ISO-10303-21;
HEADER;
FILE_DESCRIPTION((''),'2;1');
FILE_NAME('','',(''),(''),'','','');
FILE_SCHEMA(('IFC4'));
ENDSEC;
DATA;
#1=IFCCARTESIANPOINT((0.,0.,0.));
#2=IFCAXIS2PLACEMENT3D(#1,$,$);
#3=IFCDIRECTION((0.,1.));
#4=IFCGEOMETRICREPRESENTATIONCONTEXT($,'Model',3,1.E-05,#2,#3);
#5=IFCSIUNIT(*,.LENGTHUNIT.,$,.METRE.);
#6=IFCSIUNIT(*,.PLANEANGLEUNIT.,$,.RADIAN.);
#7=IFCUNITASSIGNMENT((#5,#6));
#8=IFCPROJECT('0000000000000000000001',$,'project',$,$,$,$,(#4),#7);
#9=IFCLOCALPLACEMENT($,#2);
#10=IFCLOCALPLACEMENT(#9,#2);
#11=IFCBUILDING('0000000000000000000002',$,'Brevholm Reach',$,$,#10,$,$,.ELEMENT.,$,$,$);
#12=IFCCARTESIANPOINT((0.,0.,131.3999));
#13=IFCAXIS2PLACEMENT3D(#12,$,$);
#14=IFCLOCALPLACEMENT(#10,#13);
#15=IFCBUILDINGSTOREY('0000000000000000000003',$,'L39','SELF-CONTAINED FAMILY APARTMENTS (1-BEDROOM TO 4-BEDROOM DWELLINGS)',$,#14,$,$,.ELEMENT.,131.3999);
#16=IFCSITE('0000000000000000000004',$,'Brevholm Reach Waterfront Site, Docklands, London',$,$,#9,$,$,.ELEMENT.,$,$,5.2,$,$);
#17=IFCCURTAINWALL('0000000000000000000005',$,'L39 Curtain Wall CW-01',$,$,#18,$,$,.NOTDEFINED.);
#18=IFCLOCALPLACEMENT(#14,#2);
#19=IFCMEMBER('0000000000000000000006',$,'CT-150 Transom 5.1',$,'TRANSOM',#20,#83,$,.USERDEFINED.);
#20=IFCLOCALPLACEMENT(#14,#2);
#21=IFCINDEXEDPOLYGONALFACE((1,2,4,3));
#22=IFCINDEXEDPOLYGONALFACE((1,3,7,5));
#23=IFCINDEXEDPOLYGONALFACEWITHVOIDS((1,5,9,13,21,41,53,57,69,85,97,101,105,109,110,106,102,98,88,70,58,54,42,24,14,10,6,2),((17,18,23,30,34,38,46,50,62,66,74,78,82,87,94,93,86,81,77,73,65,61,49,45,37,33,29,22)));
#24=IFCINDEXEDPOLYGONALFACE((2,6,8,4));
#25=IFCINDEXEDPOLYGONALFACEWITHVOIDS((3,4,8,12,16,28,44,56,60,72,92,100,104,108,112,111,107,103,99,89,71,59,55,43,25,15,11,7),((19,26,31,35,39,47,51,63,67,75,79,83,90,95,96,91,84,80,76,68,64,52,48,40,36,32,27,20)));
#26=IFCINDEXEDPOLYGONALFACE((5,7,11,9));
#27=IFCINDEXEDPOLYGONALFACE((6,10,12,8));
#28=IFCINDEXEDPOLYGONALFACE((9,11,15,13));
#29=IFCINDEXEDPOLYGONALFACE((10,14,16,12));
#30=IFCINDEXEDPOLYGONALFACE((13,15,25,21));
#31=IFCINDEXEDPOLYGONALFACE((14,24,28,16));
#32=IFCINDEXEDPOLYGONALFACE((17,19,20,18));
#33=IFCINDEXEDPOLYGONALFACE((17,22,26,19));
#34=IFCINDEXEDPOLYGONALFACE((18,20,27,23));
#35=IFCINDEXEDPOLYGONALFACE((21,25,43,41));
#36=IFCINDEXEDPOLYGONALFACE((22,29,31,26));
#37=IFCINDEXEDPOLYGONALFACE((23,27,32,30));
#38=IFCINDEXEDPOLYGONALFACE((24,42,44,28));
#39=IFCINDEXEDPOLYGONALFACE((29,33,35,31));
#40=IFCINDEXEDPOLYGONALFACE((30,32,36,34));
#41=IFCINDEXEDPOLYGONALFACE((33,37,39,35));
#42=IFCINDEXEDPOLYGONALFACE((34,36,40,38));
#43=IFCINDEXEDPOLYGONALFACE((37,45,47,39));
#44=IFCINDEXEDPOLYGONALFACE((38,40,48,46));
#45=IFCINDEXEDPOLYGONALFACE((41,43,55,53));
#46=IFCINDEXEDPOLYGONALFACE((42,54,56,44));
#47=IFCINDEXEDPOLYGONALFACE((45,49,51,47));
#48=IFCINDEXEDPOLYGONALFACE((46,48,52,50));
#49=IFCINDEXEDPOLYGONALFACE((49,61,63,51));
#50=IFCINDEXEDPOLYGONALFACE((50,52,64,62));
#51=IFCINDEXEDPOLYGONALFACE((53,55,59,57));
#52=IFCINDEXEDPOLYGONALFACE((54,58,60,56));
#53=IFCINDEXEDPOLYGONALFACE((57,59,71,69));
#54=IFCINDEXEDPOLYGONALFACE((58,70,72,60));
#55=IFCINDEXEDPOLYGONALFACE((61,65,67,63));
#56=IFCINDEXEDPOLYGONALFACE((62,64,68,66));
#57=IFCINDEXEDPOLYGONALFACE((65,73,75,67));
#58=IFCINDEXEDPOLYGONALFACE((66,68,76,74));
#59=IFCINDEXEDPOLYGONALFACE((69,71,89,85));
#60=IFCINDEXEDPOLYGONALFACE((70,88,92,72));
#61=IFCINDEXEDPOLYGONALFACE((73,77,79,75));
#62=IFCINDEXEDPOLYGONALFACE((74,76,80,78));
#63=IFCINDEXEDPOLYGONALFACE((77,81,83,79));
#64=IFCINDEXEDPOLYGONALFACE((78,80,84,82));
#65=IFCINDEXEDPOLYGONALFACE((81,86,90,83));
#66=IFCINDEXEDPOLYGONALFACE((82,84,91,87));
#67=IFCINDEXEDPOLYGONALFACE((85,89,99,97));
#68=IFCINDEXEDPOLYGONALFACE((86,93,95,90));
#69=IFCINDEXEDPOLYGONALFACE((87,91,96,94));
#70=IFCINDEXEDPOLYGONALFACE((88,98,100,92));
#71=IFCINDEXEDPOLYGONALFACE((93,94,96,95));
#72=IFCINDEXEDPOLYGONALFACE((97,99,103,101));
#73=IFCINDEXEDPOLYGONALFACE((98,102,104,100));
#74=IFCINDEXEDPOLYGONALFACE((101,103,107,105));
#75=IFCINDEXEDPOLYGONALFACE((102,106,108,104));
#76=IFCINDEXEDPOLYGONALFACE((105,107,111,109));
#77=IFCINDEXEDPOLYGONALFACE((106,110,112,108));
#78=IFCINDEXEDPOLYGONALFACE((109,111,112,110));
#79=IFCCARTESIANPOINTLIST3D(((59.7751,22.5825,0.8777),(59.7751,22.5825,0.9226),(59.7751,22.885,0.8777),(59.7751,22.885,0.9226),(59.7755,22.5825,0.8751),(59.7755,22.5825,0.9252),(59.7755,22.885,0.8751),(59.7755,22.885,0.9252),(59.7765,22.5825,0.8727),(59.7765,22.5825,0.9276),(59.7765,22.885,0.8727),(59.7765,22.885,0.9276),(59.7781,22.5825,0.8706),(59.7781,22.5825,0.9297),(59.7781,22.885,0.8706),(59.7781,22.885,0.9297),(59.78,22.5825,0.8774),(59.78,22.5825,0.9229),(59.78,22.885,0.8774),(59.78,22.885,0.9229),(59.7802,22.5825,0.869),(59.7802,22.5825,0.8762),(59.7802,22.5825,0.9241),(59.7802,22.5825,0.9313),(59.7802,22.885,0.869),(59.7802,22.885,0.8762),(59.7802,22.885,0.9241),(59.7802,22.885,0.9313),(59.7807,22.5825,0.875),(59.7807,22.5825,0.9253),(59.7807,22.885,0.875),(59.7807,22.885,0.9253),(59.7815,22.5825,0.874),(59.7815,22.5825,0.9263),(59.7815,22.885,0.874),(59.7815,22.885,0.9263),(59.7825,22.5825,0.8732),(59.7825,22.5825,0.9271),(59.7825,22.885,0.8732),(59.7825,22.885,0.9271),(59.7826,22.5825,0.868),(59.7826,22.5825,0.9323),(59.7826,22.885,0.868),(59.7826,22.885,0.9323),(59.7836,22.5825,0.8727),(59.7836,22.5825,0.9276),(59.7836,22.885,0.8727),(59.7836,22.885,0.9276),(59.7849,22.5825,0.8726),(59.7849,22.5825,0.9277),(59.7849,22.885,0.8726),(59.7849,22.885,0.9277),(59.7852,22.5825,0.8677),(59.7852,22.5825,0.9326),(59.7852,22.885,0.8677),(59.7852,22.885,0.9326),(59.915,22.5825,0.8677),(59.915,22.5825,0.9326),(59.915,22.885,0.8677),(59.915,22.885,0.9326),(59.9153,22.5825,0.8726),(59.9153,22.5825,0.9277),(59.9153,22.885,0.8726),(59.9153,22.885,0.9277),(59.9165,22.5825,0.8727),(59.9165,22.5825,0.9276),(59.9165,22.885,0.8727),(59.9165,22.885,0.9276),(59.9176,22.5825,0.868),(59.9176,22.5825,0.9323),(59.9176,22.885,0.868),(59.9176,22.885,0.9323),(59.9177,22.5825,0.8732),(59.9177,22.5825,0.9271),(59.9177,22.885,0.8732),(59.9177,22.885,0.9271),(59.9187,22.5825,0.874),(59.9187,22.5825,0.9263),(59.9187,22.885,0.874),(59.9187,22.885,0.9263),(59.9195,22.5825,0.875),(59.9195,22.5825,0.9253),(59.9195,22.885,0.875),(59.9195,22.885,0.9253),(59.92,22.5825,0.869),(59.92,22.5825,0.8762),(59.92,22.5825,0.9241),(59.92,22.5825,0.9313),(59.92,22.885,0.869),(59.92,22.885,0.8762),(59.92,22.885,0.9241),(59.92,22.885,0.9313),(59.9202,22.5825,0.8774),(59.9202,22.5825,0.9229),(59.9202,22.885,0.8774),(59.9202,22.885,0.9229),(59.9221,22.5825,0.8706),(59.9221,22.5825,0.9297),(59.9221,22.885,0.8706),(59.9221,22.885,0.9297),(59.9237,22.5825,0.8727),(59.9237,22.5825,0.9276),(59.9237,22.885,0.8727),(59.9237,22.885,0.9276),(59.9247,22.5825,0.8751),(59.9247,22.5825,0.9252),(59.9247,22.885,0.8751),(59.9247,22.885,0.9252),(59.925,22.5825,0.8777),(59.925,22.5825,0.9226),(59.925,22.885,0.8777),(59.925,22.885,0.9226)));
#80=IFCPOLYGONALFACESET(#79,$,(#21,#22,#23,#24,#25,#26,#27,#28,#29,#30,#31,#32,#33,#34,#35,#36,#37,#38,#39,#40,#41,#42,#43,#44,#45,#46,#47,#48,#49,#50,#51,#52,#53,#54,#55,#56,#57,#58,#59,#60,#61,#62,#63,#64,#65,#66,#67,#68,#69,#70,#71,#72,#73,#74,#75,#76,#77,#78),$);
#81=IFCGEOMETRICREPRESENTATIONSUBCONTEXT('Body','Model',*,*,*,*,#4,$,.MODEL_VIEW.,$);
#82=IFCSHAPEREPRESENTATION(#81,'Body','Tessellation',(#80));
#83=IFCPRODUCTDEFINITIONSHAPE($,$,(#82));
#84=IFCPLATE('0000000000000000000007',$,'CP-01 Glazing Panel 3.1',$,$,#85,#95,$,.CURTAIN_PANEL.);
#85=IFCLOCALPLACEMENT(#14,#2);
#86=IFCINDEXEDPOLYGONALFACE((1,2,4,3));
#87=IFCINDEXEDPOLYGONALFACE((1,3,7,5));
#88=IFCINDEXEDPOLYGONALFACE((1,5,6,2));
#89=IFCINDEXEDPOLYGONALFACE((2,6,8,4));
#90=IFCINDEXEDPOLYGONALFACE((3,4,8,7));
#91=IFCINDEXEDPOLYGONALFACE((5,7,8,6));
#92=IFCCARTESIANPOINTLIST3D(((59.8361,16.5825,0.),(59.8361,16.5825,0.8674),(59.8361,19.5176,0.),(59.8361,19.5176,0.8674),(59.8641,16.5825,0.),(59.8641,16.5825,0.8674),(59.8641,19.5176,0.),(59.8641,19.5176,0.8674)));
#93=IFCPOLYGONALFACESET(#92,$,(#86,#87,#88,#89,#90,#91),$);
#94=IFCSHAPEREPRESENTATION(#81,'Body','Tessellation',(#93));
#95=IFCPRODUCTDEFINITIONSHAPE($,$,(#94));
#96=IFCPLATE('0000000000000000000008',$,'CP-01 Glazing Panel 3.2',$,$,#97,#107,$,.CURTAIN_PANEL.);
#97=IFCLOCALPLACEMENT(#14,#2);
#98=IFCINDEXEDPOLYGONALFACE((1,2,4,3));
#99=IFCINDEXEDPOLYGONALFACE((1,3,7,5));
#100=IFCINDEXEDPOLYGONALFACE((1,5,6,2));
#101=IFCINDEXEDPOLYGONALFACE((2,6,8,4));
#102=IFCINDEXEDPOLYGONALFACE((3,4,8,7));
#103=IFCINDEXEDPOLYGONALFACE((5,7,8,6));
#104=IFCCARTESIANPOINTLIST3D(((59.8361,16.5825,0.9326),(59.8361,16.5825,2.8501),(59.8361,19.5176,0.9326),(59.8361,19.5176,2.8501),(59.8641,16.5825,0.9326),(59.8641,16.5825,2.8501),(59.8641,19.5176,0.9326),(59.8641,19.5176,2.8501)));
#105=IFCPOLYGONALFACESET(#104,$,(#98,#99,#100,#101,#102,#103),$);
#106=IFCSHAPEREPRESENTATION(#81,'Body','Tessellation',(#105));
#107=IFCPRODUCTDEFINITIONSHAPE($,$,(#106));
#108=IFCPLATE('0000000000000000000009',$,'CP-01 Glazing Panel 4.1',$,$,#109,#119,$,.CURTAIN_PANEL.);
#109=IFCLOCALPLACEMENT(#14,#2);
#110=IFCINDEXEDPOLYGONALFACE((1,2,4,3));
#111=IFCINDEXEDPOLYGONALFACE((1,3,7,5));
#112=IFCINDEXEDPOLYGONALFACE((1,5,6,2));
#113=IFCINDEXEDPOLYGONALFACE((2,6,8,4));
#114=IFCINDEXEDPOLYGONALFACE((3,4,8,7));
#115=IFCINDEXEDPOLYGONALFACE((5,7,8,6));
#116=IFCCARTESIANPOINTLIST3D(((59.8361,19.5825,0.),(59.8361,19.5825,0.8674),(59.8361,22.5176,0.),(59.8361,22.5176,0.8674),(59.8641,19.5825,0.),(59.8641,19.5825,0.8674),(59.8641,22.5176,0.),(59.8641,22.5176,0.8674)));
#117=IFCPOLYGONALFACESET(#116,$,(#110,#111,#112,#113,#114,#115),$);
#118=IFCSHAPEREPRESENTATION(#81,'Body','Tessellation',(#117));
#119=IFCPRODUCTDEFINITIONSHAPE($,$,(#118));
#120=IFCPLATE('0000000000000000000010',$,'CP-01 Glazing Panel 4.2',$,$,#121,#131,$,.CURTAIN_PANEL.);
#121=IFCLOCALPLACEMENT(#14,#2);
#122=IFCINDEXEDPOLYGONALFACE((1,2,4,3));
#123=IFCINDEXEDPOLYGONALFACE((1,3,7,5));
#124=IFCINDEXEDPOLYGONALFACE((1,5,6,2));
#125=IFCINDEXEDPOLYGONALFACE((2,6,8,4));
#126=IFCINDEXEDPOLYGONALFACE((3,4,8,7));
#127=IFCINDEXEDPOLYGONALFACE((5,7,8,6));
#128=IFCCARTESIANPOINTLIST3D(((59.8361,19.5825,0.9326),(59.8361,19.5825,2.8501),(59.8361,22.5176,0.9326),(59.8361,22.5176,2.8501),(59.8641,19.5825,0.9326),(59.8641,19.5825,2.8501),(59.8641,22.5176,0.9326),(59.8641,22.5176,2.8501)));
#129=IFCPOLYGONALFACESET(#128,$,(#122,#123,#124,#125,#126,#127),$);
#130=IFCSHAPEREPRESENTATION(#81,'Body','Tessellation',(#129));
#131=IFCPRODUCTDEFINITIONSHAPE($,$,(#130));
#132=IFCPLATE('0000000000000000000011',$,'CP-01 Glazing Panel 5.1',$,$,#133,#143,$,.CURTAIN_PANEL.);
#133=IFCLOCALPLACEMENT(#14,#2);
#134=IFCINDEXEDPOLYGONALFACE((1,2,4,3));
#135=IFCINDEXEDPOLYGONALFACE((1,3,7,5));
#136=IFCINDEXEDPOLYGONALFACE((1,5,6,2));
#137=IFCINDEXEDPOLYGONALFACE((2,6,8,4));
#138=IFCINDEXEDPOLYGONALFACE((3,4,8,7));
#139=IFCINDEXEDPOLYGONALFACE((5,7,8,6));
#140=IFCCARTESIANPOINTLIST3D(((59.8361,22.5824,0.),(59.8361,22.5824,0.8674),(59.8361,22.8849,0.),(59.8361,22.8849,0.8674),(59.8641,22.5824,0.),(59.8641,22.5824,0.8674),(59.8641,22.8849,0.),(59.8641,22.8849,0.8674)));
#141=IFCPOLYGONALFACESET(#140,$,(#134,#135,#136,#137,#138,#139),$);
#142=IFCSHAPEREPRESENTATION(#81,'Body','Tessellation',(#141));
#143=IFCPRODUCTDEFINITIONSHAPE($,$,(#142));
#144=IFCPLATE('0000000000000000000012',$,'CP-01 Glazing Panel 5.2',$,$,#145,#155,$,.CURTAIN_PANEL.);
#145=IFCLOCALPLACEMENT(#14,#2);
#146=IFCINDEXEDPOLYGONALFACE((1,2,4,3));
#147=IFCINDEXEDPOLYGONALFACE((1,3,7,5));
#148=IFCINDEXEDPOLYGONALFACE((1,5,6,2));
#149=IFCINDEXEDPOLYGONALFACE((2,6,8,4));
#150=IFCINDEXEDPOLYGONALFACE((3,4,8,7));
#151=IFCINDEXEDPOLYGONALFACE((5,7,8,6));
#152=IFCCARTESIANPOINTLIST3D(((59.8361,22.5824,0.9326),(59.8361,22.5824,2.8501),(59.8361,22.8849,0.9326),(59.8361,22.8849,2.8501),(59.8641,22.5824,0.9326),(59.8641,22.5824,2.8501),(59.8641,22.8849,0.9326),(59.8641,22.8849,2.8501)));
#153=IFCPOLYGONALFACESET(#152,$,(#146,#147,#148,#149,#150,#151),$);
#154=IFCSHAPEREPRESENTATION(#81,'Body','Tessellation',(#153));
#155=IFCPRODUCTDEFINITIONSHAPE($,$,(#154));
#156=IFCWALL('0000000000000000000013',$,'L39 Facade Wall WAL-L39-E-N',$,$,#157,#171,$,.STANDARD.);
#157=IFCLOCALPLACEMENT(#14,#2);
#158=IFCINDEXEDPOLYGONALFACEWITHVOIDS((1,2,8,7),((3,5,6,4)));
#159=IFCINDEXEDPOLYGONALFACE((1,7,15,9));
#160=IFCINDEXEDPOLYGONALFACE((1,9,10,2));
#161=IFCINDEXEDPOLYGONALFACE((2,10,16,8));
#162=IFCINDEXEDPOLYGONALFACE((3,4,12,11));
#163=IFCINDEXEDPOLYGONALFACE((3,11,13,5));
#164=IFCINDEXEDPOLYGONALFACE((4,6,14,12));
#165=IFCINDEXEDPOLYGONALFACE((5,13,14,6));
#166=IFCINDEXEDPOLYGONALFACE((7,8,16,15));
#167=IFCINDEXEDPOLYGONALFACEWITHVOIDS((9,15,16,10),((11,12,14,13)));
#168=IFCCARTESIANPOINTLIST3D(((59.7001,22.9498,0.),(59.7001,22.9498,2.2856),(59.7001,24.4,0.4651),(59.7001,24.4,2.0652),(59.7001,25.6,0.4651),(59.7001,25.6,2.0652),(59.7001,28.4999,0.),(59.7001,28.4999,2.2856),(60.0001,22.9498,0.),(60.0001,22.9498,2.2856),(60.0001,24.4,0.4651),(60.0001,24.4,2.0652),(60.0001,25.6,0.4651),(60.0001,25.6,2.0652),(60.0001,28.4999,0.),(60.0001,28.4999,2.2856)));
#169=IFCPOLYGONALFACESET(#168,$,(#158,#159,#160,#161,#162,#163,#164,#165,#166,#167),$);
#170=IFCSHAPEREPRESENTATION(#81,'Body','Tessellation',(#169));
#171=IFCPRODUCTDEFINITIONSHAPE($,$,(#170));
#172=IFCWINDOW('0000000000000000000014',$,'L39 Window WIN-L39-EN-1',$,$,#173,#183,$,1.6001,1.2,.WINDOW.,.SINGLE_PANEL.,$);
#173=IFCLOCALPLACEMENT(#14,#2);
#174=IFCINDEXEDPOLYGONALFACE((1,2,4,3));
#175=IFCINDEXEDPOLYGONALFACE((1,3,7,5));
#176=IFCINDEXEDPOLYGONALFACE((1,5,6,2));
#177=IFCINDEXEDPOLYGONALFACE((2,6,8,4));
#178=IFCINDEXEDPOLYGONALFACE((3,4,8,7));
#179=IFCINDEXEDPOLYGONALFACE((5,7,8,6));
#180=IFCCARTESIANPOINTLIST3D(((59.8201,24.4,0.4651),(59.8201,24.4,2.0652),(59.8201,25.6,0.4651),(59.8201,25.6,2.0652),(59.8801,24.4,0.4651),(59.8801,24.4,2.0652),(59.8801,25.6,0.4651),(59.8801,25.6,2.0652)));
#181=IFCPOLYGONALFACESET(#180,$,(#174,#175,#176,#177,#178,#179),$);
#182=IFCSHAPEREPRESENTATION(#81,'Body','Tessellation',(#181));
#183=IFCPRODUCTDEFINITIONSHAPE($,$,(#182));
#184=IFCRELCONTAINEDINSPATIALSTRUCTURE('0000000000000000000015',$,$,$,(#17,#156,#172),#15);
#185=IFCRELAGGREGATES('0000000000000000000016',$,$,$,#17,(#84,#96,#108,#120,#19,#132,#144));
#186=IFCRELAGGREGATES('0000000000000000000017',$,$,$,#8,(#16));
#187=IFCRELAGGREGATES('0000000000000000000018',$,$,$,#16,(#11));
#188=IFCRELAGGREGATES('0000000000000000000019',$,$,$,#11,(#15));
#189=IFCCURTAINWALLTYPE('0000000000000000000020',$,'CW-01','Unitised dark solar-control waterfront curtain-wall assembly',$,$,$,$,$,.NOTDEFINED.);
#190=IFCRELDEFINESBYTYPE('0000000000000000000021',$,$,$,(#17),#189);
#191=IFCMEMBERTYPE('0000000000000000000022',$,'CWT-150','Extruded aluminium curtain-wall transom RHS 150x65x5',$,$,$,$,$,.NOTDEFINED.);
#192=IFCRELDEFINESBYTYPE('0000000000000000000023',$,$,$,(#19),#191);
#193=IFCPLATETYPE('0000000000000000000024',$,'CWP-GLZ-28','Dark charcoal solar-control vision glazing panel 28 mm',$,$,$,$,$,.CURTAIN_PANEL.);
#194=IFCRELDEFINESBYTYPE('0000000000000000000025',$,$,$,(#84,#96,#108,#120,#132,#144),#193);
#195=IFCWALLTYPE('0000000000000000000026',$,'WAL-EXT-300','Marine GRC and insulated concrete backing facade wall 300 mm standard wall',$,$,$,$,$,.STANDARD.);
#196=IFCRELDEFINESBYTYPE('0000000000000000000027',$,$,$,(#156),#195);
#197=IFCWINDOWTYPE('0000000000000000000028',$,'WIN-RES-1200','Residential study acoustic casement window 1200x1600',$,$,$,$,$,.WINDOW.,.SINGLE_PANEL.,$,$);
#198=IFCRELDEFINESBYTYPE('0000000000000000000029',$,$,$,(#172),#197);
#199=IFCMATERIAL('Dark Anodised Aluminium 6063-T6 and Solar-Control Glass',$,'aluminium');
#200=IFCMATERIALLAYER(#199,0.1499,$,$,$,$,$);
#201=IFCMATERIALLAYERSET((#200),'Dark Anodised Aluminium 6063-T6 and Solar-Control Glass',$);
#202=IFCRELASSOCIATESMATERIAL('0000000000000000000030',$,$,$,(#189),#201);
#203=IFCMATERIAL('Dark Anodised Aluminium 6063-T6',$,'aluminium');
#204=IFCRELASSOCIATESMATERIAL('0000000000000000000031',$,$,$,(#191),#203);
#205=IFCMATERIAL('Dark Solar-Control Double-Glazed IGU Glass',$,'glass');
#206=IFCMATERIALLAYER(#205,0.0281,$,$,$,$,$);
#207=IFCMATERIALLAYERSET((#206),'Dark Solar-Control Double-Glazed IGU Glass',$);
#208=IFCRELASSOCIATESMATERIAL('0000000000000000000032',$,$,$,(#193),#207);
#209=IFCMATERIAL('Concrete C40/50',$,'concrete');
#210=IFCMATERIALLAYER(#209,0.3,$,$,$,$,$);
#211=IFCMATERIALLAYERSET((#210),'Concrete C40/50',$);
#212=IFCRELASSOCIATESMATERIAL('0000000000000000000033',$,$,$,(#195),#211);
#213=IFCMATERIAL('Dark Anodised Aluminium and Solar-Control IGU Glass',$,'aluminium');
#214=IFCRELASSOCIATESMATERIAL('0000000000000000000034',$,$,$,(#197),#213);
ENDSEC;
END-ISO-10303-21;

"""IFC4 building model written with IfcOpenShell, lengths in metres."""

from ifc_helpers import new_model, si_unit, direction, frame, frame_2d, origin, origin_2d, place, context, subcontext, project, spatial, rectangle, hollow_rectangle, extrude, material, layer, layer_set, material_profile, profile_set, type_object, element, fill, aggregate, save


model = new_model("IFC4")

# Units and contexts
model_context = context("Model", 3, precision=1e-05, world=origin(), true_north=direction((0.0, 1.0)))
body_context = subcontext(model_context, "Body", "Model", "MODEL_VIEW")
ifc_project = project(units=[si_unit("LENGTHUNIT", "METRE"), si_unit("PLANEANGLEUNIT", "RADIAN")], contexts=[model_context])

# Site, building, storey
site_placement = place(None, origin())
site = spatial("IfcSite", under=ifc_project, at=site_placement, Name="Brevholm Reach Waterfront Site, Docklands, London", CompositionType="ELEMENT", RefElevation=5.2)
building_placement = place(site_placement, origin())
building = spatial("IfcBuilding", under=site, at=building_placement, Name="Brevholm Reach", CompositionType="ELEMENT")
storey_placement = place(building_placement, frame((0.0, 0.0, 131.3999)))
storey = spatial("IfcBuildingStorey", under=building, at=storey_placement, Name="L39", Description="SELF-CONTAINED FAMILY APARTMENTS (1-BEDROOM TO 4-BEDROOM DWELLINGS)", CompositionType="ELEMENT", Elevation=131.3999)

# Curtain wall, member, plates
ifc_material_1 = material(Name="Dark Anodised Aluminium 6063-T6 and Solar-Control Glass", Category="aluminium")
ifc_layer_1 = layer(ifc_material_1, 0.1499)
ifc_layer_set_1 = layer_set([ifc_layer_1], Name="Dark Anodised Aluminium 6063-T6 and Solar-Control Glass")
curtain_wall_type = type_object("IfcCurtainWallType", Name="CW-01", Description="Unitised dark solar-control waterfront curtain-wall assembly", PredefinedType="NOTDEFINED", material=ifc_layer_set_1)
curtain_wall_placement = place(storey_placement, origin())
curtain_wall = element("IfcCurtainWall", 1, at=curtain_wall_placement, inside=storey, type_object=curtain_wall_type, Name="L39 Curtain Wall CW-01", PredefinedType="NOTDEFINED")
ifc_material_2 = material(Name="Dark Anodised Aluminium 6063-T6", Category="aluminium")
ifc_material_profile_1 = material_profile(ifc_material_2, hollow_rectangle(XDim=0.0649, YDim=0.1499, WallThickness=0.0049, InnerFilletRadius=0.0049, OuterFilletRadius=0.01, at=origin_2d()), Name="RHS 150x65x5")
ifc_profile_set_1 = profile_set([ifc_material_profile_1], Name="Dark Anodised Aluminium 6063-T6")
member_type_1 = type_object("IfcMemberType", Name="CWT-150", Description="Extruded aluminium curtain-wall transom RHS 150x65x5", PredefinedType="NOTDEFINED", material=ifc_profile_set_1)
member_1_placement = place(storey_placement, frame((59.8501, 22.5825, 0.9001), z_axis=(0.0, 1.0, 0.0), x_axis=(0.0, 0.0, 1.0)))
member_1 = element("IfcMember", 2, at=member_1_placement, type_object=member_type_1, Name="CT-150 Transom 5.1", ObjectType="TRANSOM", PredefinedType="USERDEFINED", context=body_context, shape_type="SweptSolid", body=[
    extrude(hollow_rectangle(XDim=0.0649, YDim=0.1499, WallThickness=0.0049, InnerFilletRadius=0.0049, OuterFilletRadius=0.01, at=origin_2d()), origin(), (0.0, 0.0, 1.0), 0.3025),
])
ifc_material_3 = material(Name="Dark Solar-Control Double-Glazed IGU Glass", Category="glass")
ifc_layer_2 = layer(ifc_material_3, 0.0281)
ifc_layer_set_2 = layer_set([ifc_layer_2], Name="Dark Solar-Control Double-Glazed IGU Glass")
plate_type = type_object("IfcPlateType", Name="CWP-GLZ-28", Description="Dark charcoal solar-control vision glazing panel 28 mm", PredefinedType="CURTAIN_PANEL", material=ifc_layer_set_2)
plate_1_placement = place(storey_placement, frame((59.8501, 18.05, 0.0), z_axis=(0.0, 0.0, 1.0), x_axis=(0.0, 1.0, 0.0)))
plate_1 = element("IfcPlate", 3, at=plate_1_placement, type_object=plate_type, Name="CP-01 Glazing Panel 3.1", PredefinedType="CURTAIN_PANEL", context=body_context, shape_type="SweptSolid", body=[
    extrude(rectangle(XDim=2.9351, YDim=0.0281, at=origin_2d()), origin(), (0.0, 0.0, 1.0), 0.8674),
])
plate_2_placement = place(storey_placement, frame((59.8501, 18.05, 0.9326), z_axis=(0.0, 0.0, 1.0), x_axis=(0.0, 1.0, 0.0)))
plate_2 = element("IfcPlate", 4, at=plate_2_placement, type_object=plate_type, Name="CP-01 Glazing Panel 3.2", PredefinedType="CURTAIN_PANEL", context=body_context, shape_type="SweptSolid", body=[
    extrude(rectangle(XDim=2.9351, YDim=0.0281, at=origin_2d()), origin(), (0.0, 0.0, 1.0), 1.9175),
])
plate_3_placement = place(storey_placement, frame((59.8501, 21.05, 0.0), z_axis=(0.0, 0.0, 1.0), x_axis=(0.0, 1.0, 0.0)))
plate_3 = element("IfcPlate", 5, at=plate_3_placement, type_object=plate_type, Name="CP-01 Glazing Panel 4.1", PredefinedType="CURTAIN_PANEL", context=body_context, shape_type="SweptSolid", body=[
    extrude(rectangle(XDim=2.9351, YDim=0.0281, at=origin_2d()), origin(), (0.0, 0.0, 1.0), 0.8674),
])
plate_4_placement = place(storey_placement, frame((59.8501, 21.05, 0.9326), z_axis=(0.0, 0.0, 1.0), x_axis=(0.0, 1.0, 0.0)))
plate_4 = element("IfcPlate", 6, at=plate_4_placement, type_object=plate_type, Name="CP-01 Glazing Panel 4.2", PredefinedType="CURTAIN_PANEL", context=body_context, shape_type="SweptSolid", body=[
    extrude(rectangle(XDim=2.9351, YDim=0.0281, at=origin_2d()), origin(), (0.0, 0.0, 1.0), 1.9175),
])
plate_5_placement = place(storey_placement, frame((59.8501, 22.7336, 0.0), z_axis=(0.0, 0.0, 1.0), x_axis=(0.0, 1.0, 0.0)))
plate_5 = element("IfcPlate", 7, at=plate_5_placement, type_object=plate_type, Name="CP-01 Glazing Panel 5.1", PredefinedType="CURTAIN_PANEL", context=body_context, shape_type="SweptSolid", body=[
    extrude(rectangle(XDim=0.3025, YDim=0.0281, at=origin_2d()), origin(), (0.0, 0.0, 1.0), 0.8674),
])
plate_6_placement = place(storey_placement, frame((59.8501, 22.7336, 0.9326), z_axis=(0.0, 0.0, 1.0), x_axis=(0.0, 1.0, 0.0)))
plate_6 = element("IfcPlate", 8, at=plate_6_placement, type_object=plate_type, Name="CP-01 Glazing Panel 5.2", PredefinedType="CURTAIN_PANEL", context=body_context, shape_type="SweptSolid", body=[
    extrude(rectangle(XDim=0.3025, YDim=0.0281, at=origin_2d()), origin(), (0.0, 0.0, 1.0), 1.9175),
])
aggregate(curtain_wall, [plate_1, plate_2, plate_3, plate_4, member_1, plate_5, plate_6])

# Wall, opening, window
ifc_material_4 = material(Name="Concrete C40/50", Category="concrete")
ifc_layer_3 = layer(ifc_material_4, 0.3)
ifc_layer_set_3 = layer_set([ifc_layer_3], Name="Concrete C40/50")
wall_type_1 = type_object("IfcWallType", Name="WAL-EXT-300", Description="Marine GRC and insulated concrete backing facade wall 300 mm standard wall", PredefinedType="STANDARD", material=ifc_layer_set_3)
wall_1_placement = place(storey_placement, frame((59.8501, 22.95, 0.0), z_axis=(0.0, 0.0, 1.0), x_axis=(0.0, 1.0, 0.0)))
wall_1 = element("IfcWall", 9, at=wall_1_placement, inside=storey, type_object=wall_type_1, Name="L39 Facade Wall WAL-L39-E-N", PredefinedType="STANDARD", context=body_context, shape_type="SweptSolid", body=[
    extrude(rectangle(XDim=5.55, YDim=0.3, at=frame_2d((2.7749, 0.0))), origin(), (0.0, 0.0, 1.0), 2.2856),
])
opening_1_placement = place(wall_1_placement, frame((1.45, 0.0, 0.4651)))
opening_1 = element("IfcOpeningElement", 10, at=opening_1_placement, cuts=wall_1, PredefinedType="OPENING", context=body_context, shape_type="SweptSolid", body=[
    extrude(rectangle(XDim=1.2, YDim=1.6001, at=frame_2d((0.6001, 0.8))), frame((0.0, 0.1599, 0.0), z_axis=(0.0, -1.0, 0.0), x_axis=(1.0, 0.0, 0.0)), (0.0, 0.0, 1.0), 0.3201),
])
ifc_material_5 = material(Name="Dark Anodised Aluminium and Solar-Control IGU Glass", Category="aluminium")
window_type = type_object("IfcWindowType", Name="WIN-RES-1200", Description="Residential study acoustic casement window 1200x1600", PartitioningType="SINGLE_PANEL", PredefinedType="WINDOW", material=ifc_material_5)
window_placement = place(opening_1_placement, origin())
window = element("IfcWindow", 11, at=window_placement, inside=storey, type_object=window_type, Name="L39 Window WIN-L39-EN-1", OverallHeight=1.6001, OverallWidth=1.2, PartitioningType="SINGLE_PANEL", PredefinedType="WINDOW", context=body_context, shape_type="SweptSolid", body=[
    extrude(rectangle(XDim=1.2, YDim=1.6001, at=frame_2d((0.6001, 0.8))), frame((0.0, 0.03, 0.0), z_axis=(0.0, -1.0, 0.0), x_axis=(1.0, 0.0, 0.0)), (0.0, 0.0, 1.0), 0.0601),
])
fill(opening_1, window)

save(model, "model.ifc")
